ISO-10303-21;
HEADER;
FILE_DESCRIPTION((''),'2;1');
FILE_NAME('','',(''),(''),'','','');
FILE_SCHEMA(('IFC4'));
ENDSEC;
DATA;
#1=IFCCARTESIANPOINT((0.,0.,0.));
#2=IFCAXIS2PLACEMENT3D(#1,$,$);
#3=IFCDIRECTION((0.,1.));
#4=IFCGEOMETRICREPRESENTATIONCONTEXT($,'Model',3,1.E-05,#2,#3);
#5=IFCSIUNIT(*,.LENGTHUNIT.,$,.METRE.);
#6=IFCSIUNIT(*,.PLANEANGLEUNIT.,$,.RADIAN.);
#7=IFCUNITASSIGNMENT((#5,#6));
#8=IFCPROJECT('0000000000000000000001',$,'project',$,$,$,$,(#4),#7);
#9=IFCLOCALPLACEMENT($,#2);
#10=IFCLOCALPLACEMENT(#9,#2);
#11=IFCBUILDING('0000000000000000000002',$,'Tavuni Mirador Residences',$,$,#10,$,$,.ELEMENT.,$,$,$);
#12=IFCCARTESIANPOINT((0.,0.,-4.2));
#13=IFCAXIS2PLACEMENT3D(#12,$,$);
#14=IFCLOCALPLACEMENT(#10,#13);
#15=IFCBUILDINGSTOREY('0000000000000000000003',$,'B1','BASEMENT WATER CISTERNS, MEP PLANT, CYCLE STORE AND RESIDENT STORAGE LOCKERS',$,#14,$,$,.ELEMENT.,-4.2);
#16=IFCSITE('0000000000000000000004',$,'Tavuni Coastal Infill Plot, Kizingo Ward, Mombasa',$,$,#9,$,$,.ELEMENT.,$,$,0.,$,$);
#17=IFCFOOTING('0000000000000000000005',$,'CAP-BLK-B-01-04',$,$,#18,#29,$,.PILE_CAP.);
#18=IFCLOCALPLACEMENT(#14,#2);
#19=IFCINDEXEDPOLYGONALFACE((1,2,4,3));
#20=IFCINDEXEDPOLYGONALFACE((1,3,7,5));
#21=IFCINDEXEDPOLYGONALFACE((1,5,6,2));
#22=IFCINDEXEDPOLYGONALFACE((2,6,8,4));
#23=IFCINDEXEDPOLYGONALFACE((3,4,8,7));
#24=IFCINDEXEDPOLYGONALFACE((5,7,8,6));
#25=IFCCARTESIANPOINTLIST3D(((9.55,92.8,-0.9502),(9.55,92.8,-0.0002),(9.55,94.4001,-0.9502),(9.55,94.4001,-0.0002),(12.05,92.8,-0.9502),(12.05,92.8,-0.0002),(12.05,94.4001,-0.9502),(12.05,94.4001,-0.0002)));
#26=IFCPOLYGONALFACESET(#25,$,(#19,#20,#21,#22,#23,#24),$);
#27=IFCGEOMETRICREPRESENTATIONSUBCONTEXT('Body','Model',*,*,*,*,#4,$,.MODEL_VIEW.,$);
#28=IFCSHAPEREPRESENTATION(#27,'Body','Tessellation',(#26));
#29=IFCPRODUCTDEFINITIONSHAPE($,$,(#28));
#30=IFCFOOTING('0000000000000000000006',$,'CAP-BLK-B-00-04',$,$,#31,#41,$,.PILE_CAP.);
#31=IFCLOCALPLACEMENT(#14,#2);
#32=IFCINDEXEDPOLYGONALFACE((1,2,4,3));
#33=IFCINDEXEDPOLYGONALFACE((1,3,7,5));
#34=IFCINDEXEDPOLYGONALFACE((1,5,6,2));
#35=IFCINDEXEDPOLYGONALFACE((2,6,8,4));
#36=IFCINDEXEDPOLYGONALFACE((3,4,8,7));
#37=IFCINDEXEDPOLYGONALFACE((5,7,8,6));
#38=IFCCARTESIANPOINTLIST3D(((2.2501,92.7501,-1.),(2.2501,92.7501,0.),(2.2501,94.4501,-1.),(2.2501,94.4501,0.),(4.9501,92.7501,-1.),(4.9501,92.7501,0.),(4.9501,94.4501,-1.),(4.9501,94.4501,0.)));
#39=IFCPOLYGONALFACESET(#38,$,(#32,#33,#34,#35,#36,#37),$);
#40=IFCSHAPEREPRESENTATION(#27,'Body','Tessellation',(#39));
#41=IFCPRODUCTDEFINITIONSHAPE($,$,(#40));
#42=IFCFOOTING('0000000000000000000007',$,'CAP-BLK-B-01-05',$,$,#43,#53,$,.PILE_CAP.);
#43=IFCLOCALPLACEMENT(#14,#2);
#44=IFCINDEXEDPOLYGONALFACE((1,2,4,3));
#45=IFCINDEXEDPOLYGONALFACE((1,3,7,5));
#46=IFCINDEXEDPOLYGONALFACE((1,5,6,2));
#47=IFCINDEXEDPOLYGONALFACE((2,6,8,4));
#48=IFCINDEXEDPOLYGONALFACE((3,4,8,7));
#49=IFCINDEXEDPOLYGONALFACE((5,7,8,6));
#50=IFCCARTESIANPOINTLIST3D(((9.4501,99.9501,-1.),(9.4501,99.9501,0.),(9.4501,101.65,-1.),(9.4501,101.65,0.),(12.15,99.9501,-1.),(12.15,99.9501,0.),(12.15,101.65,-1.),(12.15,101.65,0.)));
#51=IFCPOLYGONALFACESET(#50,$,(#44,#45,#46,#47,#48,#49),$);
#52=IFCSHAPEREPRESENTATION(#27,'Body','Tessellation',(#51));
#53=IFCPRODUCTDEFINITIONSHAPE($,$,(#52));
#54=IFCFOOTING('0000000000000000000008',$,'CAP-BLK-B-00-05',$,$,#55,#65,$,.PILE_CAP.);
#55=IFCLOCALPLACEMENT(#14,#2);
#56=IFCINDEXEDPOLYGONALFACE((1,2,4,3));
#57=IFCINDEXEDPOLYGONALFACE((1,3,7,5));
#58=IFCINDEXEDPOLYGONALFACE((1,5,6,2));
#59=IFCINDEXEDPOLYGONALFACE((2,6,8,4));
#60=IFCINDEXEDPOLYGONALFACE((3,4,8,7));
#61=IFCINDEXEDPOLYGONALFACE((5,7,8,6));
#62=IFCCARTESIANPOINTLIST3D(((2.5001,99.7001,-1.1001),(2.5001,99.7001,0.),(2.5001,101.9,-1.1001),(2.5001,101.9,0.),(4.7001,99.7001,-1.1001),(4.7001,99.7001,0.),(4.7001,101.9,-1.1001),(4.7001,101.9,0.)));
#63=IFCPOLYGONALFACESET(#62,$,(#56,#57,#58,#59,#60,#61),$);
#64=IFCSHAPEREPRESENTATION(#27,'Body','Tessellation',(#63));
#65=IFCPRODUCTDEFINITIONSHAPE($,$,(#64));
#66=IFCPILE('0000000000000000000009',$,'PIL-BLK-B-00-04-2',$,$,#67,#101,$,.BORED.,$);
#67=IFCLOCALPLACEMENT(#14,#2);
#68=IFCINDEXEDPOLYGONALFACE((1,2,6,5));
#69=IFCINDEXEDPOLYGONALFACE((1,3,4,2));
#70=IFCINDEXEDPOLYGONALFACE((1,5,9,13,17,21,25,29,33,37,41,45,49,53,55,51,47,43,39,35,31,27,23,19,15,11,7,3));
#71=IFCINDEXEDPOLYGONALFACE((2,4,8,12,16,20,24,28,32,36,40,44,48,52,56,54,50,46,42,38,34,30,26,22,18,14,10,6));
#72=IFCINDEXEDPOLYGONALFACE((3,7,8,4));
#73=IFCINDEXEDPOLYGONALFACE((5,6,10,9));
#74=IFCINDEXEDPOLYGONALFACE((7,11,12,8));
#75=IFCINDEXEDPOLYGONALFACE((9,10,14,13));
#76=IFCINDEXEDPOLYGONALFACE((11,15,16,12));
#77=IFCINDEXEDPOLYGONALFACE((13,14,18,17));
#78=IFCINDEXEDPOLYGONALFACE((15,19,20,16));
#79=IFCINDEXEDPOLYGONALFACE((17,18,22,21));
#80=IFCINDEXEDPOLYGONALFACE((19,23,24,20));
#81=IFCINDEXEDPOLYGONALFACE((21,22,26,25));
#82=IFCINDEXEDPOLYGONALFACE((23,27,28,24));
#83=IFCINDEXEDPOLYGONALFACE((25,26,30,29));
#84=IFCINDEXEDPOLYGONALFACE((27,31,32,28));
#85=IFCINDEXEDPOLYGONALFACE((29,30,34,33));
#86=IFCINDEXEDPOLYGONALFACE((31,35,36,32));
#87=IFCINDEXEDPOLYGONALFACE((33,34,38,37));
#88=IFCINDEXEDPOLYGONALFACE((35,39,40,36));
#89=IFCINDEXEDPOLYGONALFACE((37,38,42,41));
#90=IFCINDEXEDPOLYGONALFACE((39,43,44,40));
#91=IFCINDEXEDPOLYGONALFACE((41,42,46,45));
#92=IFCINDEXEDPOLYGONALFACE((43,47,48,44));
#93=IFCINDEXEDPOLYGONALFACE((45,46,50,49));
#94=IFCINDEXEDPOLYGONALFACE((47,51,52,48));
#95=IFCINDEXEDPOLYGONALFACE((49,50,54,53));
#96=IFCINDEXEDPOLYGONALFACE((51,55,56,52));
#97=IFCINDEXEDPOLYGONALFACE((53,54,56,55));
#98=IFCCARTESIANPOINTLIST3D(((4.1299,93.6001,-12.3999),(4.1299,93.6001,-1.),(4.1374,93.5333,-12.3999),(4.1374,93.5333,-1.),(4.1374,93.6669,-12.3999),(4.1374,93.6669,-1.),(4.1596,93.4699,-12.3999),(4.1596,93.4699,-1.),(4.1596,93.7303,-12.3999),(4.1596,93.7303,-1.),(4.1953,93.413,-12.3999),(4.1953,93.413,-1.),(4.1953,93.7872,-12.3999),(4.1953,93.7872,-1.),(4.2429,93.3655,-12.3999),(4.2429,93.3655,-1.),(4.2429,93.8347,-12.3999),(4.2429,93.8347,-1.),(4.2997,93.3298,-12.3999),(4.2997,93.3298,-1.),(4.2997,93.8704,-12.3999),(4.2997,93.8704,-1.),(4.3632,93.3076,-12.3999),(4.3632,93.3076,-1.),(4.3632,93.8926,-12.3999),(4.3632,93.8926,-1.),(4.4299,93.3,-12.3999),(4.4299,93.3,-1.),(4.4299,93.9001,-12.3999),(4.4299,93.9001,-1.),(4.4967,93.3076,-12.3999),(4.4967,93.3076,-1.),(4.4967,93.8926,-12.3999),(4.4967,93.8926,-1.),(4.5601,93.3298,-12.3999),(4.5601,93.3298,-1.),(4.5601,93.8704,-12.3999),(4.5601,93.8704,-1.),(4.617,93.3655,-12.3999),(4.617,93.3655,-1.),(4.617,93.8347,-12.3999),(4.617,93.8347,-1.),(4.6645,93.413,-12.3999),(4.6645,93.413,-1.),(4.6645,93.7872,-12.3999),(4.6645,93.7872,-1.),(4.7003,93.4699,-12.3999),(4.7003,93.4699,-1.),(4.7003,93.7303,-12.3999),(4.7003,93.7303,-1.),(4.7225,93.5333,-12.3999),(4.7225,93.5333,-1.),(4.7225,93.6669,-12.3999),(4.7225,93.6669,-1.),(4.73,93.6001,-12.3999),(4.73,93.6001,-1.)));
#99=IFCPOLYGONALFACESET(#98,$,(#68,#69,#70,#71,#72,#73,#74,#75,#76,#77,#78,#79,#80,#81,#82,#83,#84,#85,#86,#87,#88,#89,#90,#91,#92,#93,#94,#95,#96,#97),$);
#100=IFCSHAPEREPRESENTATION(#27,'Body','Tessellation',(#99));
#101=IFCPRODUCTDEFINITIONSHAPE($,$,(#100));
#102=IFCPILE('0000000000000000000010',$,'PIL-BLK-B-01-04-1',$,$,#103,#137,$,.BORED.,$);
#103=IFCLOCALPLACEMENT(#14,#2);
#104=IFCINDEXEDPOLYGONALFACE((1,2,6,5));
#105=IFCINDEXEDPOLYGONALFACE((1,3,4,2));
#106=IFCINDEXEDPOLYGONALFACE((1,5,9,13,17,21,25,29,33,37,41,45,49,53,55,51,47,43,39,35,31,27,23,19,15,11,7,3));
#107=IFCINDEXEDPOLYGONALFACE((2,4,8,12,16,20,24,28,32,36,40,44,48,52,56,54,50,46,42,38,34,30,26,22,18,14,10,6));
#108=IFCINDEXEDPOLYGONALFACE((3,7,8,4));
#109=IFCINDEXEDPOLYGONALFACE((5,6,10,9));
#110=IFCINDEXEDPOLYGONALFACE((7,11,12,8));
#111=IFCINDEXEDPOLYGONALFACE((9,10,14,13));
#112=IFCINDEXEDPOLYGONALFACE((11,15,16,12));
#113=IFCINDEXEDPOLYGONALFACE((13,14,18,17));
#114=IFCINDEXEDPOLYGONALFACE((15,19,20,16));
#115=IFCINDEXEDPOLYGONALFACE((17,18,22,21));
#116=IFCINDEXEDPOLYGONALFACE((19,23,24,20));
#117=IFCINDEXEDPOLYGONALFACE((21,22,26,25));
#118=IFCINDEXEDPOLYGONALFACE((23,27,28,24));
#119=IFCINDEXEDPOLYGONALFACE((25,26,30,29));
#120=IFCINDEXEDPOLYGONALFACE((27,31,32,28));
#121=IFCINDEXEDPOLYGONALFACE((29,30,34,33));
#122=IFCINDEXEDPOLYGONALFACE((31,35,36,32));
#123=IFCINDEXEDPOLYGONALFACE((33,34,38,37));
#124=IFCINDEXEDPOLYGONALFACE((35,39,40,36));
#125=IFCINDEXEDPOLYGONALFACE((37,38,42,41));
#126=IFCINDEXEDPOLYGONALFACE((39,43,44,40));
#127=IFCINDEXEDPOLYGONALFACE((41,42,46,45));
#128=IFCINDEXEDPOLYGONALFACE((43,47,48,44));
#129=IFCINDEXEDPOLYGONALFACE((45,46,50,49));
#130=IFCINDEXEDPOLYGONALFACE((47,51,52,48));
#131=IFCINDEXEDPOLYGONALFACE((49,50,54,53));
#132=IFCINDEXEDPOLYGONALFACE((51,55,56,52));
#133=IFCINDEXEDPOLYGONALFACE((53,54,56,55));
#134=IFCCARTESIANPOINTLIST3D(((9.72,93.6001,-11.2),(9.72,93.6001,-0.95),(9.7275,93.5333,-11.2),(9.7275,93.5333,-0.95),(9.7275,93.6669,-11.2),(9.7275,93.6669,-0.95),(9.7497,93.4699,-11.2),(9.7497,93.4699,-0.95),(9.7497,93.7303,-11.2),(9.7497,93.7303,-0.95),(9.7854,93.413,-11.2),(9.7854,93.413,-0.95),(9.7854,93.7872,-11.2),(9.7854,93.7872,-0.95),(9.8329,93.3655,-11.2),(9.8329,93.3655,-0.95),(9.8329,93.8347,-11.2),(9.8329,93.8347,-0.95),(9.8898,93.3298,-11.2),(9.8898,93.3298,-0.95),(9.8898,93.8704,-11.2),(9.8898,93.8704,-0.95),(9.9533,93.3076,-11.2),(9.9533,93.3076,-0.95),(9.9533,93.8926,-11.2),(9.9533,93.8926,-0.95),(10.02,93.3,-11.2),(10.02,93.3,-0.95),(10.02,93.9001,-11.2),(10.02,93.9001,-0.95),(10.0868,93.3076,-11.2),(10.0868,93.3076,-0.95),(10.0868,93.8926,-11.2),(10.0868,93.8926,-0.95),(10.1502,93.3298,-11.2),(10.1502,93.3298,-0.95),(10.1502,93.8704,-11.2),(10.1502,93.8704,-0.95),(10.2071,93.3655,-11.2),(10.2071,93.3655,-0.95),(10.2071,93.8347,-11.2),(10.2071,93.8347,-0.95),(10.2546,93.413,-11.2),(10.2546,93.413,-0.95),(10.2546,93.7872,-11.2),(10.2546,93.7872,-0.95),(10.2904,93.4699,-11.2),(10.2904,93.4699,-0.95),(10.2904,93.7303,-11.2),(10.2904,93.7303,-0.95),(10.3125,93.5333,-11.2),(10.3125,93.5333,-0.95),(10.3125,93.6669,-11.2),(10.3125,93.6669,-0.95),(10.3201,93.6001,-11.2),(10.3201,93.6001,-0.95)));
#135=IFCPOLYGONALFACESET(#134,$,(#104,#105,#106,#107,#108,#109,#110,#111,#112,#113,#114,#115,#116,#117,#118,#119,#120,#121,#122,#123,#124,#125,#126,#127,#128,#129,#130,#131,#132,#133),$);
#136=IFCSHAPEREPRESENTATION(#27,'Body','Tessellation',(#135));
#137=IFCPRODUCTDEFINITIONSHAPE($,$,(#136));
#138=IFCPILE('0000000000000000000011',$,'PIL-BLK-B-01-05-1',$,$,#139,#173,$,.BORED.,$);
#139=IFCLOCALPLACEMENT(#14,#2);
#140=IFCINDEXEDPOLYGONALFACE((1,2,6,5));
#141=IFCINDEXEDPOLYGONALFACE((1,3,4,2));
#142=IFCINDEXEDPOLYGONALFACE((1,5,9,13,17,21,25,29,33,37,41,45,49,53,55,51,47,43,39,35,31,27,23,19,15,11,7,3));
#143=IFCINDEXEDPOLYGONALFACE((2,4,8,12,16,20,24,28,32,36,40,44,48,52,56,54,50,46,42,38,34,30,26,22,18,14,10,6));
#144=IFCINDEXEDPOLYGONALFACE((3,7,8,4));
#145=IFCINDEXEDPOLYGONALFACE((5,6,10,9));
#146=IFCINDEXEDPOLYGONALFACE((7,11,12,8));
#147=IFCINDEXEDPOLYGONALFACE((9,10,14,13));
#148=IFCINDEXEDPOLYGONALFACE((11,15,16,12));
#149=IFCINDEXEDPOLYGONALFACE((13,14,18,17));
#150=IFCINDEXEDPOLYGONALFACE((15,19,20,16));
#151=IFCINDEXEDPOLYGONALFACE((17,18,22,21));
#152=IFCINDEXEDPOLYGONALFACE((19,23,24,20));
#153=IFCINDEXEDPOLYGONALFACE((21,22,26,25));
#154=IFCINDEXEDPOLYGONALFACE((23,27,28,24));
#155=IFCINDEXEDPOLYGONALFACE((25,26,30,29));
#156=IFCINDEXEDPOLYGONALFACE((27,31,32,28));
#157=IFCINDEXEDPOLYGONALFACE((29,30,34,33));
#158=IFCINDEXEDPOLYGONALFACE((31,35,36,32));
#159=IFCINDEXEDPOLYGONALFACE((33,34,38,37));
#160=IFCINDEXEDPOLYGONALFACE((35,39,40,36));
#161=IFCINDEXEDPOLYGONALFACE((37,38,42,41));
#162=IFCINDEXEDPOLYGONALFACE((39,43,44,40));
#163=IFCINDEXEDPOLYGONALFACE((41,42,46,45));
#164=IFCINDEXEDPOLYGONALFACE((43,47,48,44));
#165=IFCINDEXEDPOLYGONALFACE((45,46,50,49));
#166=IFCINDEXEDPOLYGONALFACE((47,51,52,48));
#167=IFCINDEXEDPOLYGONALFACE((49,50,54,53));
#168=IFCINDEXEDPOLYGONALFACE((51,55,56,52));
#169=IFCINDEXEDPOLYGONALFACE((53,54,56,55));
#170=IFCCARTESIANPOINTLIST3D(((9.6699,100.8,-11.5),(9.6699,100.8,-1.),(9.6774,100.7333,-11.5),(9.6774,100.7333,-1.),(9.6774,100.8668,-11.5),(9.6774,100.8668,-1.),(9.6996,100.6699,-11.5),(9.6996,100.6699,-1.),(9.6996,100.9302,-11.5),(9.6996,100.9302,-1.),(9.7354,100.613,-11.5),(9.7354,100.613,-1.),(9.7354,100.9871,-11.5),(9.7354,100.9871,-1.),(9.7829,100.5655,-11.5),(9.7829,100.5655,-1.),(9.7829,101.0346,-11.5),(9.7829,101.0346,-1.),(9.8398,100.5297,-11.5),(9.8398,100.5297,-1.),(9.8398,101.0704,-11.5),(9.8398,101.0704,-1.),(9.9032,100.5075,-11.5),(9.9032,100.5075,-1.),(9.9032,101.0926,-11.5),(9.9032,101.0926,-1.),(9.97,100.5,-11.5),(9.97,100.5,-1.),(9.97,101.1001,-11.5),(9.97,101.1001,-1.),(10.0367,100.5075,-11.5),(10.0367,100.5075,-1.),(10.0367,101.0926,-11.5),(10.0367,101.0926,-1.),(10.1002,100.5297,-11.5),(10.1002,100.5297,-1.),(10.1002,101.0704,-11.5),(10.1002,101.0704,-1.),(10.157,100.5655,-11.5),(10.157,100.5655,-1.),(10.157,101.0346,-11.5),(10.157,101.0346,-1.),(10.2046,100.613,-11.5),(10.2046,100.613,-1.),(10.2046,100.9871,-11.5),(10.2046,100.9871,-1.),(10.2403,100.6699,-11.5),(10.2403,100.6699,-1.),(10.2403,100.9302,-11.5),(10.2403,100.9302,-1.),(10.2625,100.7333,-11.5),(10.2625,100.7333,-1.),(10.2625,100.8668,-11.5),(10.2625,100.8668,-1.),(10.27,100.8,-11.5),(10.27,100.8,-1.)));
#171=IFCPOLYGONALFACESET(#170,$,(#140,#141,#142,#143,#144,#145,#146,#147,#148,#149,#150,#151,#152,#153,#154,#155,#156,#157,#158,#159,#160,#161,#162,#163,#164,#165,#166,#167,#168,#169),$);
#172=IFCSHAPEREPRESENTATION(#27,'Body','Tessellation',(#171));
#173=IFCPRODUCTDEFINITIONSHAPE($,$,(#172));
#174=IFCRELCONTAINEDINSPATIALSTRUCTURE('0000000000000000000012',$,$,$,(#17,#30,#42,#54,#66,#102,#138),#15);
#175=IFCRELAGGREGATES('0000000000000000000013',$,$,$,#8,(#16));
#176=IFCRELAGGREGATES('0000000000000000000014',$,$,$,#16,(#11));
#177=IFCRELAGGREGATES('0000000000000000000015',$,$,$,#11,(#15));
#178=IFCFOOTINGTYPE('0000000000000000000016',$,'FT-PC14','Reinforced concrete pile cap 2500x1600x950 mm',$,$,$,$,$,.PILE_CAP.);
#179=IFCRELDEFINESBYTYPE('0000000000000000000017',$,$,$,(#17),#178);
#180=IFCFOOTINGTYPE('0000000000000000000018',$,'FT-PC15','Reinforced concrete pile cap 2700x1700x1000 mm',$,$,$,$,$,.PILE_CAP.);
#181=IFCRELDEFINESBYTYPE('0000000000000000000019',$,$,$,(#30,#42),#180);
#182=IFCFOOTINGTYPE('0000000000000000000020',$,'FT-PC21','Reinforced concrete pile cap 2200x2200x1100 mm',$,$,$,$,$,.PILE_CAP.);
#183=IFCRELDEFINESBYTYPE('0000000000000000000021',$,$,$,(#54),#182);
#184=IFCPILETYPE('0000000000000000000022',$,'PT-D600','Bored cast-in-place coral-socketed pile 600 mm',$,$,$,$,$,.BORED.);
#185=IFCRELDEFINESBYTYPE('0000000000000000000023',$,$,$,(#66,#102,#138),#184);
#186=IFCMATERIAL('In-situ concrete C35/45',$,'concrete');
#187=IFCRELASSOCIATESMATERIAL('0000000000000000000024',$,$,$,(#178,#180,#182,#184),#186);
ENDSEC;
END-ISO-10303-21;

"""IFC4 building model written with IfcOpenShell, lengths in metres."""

from ifc_helpers import new_model, si_unit, direction, frame, origin, origin_2d, place, context, subcontext, project, spatial, rectangle, circle, extrude, material, material_profile, profile_set, type_object, element, save


model = new_model("IFC4")

# Units and contexts
model_context = context("Model", 3, precision=1e-05, world=origin(), true_north=direction((0.0, 1.0)))
body_context = subcontext(model_context, "Body", "Model", "MODEL_VIEW")
ifc_project = project(units=[si_unit("LENGTHUNIT", "METRE"), si_unit("PLANEANGLEUNIT", "RADIAN")], contexts=[model_context])

# Site, building, storey
site_placement = place(None, origin())
site = spatial("IfcSite", under=ifc_project, at=site_placement, Name="Tavuni Coastal Infill Plot, Kizingo Ward, Mombasa", CompositionType="ELEMENT", RefElevation=0.0)
building_placement = place(site_placement, origin())
building = spatial("IfcBuilding", under=site, at=building_placement, Name="Tavuni Mirador Residences", CompositionType="ELEMENT")
storey_placement = place(building_placement, frame((0.0, 0.0, -4.2)))
storey = spatial("IfcBuildingStorey", under=building, at=storey_placement, Name="B1", Description="BASEMENT WATER CISTERNS, MEP PLANT, CYCLE STORE AND RESIDENT STORAGE LOCKERS", CompositionType="ELEMENT", Elevation=-4.2)

# Footings
ifc_material_1 = material(Name="In-situ concrete C35/45", Category="concrete")
footing_type_1 = type_object("IfcFootingType", Name="FT-PC14", Description="Reinforced concrete pile cap 2500x1600x950 mm", PredefinedType="PILE_CAP", material=ifc_material_1)
footing_1_placement = place(storey_placement, frame((10.8, 93.6001, -0.9502), z_axis=(0.0, 0.0, 1.0), x_axis=(1.0, 0.0, 0.0)))
element("IfcFooting", 1, at=footing_1_placement, inside=storey, type_object=footing_type_1, Name="CAP-BLK-B-01-04", PredefinedType="PILE_CAP", context=body_context, shape_type="SweptSolid", body=[
    extrude(rectangle(XDim=2.5, YDim=1.6001, at=origin_2d()), origin(), (0.0, 0.0, 1.0), 0.95),
])
footing_type_2 = type_object("IfcFootingType", Name="FT-PC15", Description="Reinforced concrete pile cap 2700x1700x1000 mm", PredefinedType="PILE_CAP", material=ifc_material_1)
for number, where, z_axis, x_axis, name in (
    (2, (3.6001, 93.6001, -1.0), (0.0, 0.0, 1.0), (1.0, 0.0, 0.0), "CAP-BLK-B-00-04"),
    (3, (10.8, 100.8, -1.0), (0.0, 0.0, 1.0), (1.0, 0.0, 0.0), "CAP-BLK-B-01-05"),
):
    element("IfcFooting", number, at=place(storey_placement, frame(where, z_axis=z_axis, x_axis=x_axis)), inside=storey, type_object=footing_type_2, Name=name, PredefinedType="PILE_CAP", context=body_context, shape_type="SweptSolid", body=[
        extrude(rectangle(XDim=2.7, YDim=1.7, at=origin_2d()), origin(), (0.0, 0.0, 1.0), 1.0),
    ])
footing_type_3 = type_object("IfcFootingType", Name="FT-PC21", Description="Reinforced concrete pile cap 2200x2200x1100 mm", PredefinedType="PILE_CAP", material=ifc_material_1)
footing_2_placement = place(storey_placement, frame((3.6001, 100.8, -1.1001), z_axis=(0.0, 0.0, 1.0), x_axis=(1.0, 0.0, 0.0)))
element("IfcFooting", 4, at=footing_2_placement, inside=storey, type_object=footing_type_3, Name="CAP-BLK-B-00-05", PredefinedType="PILE_CAP", context=body_context, shape_type="SweptSolid", body=[
    extrude(rectangle(XDim=2.2, YDim=2.2, at=origin_2d()), origin(), (0.0, 0.0, 1.0), 1.1001),
])

# Piles
ifc_material_profile_1 = material_profile(ifc_material_1, circle(Radius=0.3, at=origin_2d()), Name="PILE D600", Category="concrete")
ifc_profile_set_1 = profile_set([ifc_material_profile_1], Name="In-situ concrete C35/45")
pile_type_1 = type_object("IfcPileType", Name="PT-D600", Description="Bored cast-in-place coral-socketed pile 600 mm", PredefinedType="BORED", material=ifc_profile_set_1)
pile_1_placement = place(storey_placement, frame((4.4299, 93.6001, -1.0), z_axis=(0.0, 0.0, -1.0), x_axis=(1.0, 0.0, 0.0)))
element("IfcPile", 5, at=pile_1_placement, inside=storey, type_object=pile_type_1, Name="PIL-BLK-B-00-04-2", PredefinedType="BORED", context=body_context, shape_type="SweptSolid", body=[
    extrude(circle(Radius=0.3, at=origin_2d()), origin(), (0.0, 0.0, 1.0), 11.3999),
])
pile_2_placement = place(storey_placement, frame((10.02, 93.6001, -0.95), z_axis=(0.0, 0.0, -1.0), x_axis=(1.0, 0.0, 0.0)))
element("IfcPile", 6, at=pile_2_placement, inside=storey, type_object=pile_type_1, Name="PIL-BLK-B-01-04-1", PredefinedType="BORED", context=body_context, shape_type="SweptSolid", body=[
    extrude(circle(Radius=0.3, at=origin_2d()), origin(), (0.0, 0.0, 1.0), 10.25),
])
pile_3_placement = place(storey_placement, frame((9.97, 100.8, -1.0), z_axis=(0.0, 0.0, -1.0), x_axis=(1.0, 0.0, 0.0)))
element("IfcPile", 7, at=pile_3_placement, inside=storey, type_object=pile_type_1, Name="PIL-BLK-B-01-05-1", PredefinedType="BORED", context=body_context, shape_type="SweptSolid", body=[
    extrude(circle(Radius=0.3, at=origin_2d()), origin(), (0.0, 0.0, 1.0), 10.5),
])

save(model, "model.ifc")
